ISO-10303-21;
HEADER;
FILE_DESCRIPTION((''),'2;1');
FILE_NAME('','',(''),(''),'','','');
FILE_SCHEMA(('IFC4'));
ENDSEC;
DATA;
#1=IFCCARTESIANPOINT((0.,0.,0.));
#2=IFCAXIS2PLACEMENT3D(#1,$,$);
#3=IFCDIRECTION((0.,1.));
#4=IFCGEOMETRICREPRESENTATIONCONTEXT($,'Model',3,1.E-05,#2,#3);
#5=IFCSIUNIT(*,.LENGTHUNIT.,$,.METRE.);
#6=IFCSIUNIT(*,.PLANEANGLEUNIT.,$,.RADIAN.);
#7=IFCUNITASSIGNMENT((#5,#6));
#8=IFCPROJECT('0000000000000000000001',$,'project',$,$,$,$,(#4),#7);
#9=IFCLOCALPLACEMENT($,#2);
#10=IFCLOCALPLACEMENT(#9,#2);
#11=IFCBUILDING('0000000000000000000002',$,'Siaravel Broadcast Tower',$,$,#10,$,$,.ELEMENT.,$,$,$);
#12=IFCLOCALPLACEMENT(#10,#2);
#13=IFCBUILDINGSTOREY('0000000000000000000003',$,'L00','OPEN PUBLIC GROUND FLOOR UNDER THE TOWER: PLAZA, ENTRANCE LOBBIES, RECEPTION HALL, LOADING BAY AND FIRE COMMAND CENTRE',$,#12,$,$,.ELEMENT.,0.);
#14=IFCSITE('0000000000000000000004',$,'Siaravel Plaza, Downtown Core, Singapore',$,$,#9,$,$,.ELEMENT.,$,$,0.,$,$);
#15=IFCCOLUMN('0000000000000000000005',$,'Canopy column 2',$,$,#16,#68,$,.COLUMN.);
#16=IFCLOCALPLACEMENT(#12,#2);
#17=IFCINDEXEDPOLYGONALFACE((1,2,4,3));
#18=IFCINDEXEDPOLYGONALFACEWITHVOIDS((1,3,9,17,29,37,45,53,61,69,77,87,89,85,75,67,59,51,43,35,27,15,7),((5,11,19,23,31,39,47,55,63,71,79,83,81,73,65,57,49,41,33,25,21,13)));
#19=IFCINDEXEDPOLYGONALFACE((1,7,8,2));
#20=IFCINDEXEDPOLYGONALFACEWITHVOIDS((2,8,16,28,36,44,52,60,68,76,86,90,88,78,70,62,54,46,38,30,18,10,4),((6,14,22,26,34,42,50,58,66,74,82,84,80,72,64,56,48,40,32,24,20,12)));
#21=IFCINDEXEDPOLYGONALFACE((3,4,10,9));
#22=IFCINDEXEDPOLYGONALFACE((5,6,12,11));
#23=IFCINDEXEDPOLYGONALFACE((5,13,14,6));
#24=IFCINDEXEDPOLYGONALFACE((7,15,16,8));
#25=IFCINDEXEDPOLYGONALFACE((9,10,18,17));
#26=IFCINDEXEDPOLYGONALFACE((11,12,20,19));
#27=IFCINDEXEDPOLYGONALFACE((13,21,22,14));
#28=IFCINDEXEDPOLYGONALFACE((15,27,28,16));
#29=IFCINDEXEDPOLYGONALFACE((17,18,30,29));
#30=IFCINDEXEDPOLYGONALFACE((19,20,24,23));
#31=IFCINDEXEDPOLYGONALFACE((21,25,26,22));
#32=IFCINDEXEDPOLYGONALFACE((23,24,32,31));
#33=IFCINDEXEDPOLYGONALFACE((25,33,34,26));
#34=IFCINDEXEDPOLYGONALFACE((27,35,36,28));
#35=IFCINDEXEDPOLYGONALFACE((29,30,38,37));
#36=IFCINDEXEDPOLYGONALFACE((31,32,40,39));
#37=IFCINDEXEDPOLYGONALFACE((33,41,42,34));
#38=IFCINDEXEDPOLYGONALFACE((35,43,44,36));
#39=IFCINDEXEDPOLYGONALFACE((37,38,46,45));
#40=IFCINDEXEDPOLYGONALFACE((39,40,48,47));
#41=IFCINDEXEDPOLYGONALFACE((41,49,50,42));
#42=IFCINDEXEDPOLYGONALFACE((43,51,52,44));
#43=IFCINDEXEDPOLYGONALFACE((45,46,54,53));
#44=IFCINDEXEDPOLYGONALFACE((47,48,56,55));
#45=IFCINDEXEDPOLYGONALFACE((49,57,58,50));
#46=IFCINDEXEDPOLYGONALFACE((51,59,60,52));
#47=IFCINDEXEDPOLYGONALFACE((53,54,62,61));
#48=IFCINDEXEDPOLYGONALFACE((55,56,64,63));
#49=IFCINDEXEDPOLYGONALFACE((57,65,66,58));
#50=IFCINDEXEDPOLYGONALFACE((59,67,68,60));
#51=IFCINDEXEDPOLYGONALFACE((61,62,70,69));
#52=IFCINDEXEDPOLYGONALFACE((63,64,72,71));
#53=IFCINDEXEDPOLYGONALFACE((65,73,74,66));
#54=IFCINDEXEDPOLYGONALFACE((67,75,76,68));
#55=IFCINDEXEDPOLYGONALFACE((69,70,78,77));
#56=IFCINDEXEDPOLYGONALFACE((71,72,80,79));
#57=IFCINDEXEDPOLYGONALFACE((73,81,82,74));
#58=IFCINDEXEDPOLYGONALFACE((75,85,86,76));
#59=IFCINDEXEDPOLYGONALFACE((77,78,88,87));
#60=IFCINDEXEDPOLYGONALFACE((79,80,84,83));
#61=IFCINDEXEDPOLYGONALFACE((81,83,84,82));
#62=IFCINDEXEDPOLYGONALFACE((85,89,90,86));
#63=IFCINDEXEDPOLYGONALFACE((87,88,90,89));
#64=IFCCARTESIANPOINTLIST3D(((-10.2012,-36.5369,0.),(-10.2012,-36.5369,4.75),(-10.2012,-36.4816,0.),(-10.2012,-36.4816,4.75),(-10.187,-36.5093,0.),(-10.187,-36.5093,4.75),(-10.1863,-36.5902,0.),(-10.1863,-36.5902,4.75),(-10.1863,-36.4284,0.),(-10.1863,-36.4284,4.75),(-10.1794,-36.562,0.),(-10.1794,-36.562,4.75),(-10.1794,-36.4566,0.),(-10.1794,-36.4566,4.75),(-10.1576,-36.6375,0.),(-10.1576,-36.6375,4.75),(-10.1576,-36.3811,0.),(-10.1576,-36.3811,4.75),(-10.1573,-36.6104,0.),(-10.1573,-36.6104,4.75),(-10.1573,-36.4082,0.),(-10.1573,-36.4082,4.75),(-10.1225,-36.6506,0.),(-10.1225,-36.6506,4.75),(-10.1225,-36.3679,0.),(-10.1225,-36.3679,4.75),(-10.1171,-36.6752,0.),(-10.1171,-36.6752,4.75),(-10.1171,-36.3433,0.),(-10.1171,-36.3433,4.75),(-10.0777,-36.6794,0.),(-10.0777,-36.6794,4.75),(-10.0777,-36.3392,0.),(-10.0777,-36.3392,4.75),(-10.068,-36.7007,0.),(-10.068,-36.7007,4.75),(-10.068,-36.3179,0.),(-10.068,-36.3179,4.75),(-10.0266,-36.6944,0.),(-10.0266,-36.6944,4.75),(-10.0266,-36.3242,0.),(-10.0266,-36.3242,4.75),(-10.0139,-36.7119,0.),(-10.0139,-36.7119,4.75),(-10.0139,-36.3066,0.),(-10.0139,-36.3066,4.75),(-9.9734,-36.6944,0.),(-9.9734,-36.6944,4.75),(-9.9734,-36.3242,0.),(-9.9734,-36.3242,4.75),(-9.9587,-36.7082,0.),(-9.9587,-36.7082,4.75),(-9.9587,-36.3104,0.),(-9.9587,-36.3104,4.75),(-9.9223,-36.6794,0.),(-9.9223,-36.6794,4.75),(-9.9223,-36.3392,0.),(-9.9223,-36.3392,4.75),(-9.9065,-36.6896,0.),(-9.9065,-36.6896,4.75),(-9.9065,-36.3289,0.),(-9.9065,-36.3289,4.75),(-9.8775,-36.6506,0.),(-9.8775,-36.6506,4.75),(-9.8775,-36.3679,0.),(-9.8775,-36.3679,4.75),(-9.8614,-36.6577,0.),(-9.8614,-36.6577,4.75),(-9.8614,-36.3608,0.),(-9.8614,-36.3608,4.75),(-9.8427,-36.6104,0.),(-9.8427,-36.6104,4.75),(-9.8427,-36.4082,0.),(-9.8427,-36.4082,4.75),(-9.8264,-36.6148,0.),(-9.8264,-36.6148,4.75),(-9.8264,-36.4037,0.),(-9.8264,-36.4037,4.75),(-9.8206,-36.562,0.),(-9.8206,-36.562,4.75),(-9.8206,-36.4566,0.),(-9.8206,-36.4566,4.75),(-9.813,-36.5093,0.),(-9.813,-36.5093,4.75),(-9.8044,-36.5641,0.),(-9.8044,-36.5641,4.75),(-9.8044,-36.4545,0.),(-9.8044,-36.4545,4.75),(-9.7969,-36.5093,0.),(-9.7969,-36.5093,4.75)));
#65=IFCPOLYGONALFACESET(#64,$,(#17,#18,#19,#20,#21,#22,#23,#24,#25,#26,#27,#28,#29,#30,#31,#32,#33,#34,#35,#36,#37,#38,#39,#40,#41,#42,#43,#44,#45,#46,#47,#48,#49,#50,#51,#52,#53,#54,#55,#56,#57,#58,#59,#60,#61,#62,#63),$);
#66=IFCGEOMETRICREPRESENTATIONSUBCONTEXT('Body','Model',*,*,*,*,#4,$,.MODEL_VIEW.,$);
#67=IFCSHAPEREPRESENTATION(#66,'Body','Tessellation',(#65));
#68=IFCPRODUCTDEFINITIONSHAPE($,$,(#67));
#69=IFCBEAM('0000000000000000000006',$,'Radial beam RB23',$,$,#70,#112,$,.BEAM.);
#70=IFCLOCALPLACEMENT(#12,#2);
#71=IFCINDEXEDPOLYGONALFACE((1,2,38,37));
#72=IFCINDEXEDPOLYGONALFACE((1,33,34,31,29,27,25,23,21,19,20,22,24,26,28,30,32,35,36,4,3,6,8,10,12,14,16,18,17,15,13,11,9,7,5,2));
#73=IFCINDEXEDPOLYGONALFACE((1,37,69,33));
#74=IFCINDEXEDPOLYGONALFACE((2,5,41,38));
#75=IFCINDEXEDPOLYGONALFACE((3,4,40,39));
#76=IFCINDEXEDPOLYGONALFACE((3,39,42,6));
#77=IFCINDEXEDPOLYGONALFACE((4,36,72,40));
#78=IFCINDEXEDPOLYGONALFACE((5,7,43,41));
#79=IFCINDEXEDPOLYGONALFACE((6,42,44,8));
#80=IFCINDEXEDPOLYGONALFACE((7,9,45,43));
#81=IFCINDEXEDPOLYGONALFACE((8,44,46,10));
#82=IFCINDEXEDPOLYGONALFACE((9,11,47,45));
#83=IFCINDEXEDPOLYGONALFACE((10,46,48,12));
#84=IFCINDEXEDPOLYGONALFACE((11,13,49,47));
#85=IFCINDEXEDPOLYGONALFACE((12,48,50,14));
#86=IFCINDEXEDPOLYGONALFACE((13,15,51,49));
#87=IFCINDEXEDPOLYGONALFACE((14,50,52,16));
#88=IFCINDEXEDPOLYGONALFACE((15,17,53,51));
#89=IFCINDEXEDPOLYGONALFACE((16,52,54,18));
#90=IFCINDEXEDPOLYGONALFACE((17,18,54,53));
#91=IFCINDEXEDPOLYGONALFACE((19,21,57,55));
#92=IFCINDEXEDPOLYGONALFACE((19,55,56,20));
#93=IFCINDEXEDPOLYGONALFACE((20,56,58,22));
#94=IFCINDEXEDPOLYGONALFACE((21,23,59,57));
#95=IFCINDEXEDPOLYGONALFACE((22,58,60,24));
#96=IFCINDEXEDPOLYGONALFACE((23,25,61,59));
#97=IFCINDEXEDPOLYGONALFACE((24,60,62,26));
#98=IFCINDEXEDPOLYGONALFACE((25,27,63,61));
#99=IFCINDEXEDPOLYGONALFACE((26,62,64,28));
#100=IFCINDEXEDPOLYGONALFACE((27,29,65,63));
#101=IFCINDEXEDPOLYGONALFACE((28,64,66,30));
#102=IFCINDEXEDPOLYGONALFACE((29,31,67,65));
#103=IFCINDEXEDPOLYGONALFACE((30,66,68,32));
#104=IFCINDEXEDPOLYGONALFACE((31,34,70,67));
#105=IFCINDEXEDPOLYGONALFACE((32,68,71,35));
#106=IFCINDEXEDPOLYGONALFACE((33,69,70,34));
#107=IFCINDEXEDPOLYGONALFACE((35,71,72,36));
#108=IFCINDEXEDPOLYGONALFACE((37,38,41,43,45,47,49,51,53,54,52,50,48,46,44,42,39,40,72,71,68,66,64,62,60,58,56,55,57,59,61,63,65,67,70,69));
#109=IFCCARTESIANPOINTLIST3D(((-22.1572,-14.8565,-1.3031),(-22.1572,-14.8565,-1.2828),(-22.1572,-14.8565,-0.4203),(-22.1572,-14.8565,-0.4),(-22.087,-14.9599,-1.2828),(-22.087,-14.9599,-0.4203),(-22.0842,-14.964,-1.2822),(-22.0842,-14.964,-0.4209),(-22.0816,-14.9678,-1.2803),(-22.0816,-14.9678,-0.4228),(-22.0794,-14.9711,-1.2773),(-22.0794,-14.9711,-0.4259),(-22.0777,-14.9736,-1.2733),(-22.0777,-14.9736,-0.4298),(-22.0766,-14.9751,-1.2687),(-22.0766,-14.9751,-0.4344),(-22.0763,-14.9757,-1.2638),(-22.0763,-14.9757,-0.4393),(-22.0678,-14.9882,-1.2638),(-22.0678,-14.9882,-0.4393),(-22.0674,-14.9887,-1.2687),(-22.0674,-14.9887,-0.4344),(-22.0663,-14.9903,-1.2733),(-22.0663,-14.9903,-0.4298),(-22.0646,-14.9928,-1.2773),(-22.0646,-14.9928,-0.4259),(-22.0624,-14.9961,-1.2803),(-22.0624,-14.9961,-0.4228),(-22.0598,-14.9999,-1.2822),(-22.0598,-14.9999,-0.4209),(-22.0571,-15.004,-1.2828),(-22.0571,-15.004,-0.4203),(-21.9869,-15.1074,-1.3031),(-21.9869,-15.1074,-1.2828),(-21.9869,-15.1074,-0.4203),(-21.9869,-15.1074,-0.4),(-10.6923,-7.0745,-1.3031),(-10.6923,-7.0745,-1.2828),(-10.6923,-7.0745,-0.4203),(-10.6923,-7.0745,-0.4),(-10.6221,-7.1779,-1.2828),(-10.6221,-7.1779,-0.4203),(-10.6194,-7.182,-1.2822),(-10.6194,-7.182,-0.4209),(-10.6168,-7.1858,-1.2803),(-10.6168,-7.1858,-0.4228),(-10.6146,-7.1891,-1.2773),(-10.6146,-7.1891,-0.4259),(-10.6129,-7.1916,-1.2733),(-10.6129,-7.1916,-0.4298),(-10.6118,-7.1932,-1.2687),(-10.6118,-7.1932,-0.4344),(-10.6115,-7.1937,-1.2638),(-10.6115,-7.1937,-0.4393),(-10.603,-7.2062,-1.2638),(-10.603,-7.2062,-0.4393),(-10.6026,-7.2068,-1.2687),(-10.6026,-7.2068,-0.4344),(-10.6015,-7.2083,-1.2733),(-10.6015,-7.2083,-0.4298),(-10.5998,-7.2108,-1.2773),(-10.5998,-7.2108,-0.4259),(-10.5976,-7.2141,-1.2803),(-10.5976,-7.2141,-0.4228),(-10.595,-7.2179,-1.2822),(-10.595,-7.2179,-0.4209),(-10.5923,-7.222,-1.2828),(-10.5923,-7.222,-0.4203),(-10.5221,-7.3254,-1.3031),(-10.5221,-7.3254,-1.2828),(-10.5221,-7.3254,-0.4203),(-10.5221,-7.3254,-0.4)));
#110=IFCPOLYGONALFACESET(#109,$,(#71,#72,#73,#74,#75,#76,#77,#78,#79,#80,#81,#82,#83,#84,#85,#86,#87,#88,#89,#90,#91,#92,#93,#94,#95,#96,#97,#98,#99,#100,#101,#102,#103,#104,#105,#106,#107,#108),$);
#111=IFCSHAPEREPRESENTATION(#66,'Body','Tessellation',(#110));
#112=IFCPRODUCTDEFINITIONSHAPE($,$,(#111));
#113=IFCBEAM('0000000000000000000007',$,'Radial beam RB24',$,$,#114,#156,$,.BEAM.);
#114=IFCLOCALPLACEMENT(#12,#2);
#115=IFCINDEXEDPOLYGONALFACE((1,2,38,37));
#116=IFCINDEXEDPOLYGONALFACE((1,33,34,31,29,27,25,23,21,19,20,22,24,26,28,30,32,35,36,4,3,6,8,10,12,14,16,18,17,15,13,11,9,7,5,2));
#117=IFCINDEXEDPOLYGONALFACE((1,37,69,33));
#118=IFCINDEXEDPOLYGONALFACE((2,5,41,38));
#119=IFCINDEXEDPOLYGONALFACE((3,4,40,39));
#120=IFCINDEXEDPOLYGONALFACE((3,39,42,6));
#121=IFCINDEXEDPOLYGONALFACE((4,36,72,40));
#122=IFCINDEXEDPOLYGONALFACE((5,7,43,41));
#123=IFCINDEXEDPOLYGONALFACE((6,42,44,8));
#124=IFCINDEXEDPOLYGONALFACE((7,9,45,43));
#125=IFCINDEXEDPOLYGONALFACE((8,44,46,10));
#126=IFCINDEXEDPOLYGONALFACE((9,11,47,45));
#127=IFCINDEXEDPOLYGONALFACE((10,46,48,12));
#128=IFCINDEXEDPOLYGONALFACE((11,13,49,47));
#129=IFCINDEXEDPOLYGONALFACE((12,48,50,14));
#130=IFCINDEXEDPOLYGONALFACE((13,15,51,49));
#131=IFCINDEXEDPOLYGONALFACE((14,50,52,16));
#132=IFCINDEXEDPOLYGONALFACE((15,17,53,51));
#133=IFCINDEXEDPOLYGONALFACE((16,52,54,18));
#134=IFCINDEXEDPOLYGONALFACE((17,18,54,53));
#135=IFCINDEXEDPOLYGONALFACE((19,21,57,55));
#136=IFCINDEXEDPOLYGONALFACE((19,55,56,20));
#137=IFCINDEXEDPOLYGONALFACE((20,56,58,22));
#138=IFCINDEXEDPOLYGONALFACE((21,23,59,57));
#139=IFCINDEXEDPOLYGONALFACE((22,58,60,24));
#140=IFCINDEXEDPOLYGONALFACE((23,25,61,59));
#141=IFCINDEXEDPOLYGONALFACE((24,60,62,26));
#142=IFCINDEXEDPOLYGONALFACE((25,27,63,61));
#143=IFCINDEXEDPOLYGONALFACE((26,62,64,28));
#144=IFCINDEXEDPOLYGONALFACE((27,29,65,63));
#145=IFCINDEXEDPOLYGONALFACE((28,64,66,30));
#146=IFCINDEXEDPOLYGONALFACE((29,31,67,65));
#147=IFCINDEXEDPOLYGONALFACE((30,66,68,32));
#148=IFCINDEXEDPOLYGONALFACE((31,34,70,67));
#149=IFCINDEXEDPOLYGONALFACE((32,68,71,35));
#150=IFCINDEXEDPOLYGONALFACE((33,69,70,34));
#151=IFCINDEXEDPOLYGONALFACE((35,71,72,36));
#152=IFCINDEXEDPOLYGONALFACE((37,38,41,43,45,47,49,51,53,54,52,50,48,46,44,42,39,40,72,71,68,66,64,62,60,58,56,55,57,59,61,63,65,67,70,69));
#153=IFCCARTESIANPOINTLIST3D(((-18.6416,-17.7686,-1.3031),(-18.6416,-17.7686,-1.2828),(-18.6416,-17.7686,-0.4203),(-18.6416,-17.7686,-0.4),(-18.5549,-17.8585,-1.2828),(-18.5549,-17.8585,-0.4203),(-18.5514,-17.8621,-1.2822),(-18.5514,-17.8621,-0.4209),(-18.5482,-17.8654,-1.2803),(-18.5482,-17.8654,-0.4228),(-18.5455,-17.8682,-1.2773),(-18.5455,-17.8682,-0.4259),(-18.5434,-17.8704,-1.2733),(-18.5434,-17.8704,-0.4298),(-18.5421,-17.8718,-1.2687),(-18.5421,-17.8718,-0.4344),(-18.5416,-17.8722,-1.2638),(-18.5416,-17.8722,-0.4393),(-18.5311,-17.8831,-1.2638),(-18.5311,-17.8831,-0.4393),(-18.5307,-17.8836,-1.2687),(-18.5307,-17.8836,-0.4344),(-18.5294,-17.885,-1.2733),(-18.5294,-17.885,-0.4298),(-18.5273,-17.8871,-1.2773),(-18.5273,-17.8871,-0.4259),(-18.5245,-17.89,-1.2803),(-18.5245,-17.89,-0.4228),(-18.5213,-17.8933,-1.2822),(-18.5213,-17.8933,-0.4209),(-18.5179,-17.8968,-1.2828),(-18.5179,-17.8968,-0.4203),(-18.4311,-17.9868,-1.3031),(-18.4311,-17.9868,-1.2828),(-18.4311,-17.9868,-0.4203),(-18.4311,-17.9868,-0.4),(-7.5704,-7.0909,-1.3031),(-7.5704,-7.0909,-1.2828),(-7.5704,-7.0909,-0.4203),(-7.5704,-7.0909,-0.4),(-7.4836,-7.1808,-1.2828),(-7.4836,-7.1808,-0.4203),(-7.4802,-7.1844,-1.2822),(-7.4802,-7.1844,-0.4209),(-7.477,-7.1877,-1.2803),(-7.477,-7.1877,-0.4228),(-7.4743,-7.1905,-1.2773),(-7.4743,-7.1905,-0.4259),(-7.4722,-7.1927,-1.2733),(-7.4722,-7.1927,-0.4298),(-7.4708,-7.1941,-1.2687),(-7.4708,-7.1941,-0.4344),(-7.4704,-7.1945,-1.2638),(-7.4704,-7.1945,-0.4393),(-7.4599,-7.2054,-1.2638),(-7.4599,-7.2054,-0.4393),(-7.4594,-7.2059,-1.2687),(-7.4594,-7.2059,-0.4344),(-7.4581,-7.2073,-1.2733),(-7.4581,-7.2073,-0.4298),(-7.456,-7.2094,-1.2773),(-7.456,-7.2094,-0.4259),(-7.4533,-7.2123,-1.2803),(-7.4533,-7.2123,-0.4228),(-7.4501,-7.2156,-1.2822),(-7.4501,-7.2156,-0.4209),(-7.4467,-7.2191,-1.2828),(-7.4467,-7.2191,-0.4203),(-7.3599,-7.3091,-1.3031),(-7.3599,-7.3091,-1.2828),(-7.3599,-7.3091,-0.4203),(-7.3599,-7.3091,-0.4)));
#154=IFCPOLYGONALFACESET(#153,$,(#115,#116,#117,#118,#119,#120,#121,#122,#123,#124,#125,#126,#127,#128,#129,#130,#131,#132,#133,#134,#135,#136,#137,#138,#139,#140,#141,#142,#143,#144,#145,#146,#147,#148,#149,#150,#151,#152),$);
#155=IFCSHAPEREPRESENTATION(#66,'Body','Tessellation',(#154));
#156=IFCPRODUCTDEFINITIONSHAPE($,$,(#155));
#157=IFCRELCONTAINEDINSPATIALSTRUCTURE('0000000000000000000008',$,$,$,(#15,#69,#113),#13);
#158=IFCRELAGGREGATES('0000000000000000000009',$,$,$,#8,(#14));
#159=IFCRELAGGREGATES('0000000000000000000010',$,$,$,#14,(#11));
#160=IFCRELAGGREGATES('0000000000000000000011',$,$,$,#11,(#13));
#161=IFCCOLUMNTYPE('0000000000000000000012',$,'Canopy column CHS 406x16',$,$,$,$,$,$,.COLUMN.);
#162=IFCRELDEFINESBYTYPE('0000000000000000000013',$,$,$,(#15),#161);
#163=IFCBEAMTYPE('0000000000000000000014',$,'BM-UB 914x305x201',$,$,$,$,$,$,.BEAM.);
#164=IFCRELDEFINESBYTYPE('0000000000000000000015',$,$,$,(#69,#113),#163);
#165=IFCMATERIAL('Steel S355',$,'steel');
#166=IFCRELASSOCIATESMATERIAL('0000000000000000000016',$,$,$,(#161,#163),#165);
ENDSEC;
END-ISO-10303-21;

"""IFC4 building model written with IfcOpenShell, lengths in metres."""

from ifc_helpers import new_model, si_unit, direction, frame, origin, origin_2d, place, context, subcontext, project, spatial, hollow_circle, i_section, extrude, material, material_profile, profile_set, type_object, element, save


model = new_model("IFC4")

# Units and contexts
model_context = context("Model", 3, precision=1e-05, world=origin(), true_north=direction((0.0, 1.0)))
body_context = subcontext(model_context, "Body", "Model", "MODEL_VIEW")
ifc_project = project(units=[si_unit("LENGTHUNIT", "METRE"), si_unit("PLANEANGLEUNIT", "RADIAN")], contexts=[model_context])

# Site, building, storey
site_placement = place(None, origin())
site = spatial("IfcSite", under=ifc_project, at=site_placement, Name="Siaravel Plaza, Downtown Core, Singapore", CompositionType="ELEMENT", RefElevation=0.0)
building_placement = place(site_placement, origin())
building = spatial("IfcBuilding", under=site, at=building_placement, Name="Siaravel Broadcast Tower", CompositionType="ELEMENT")
storey_placement = place(building_placement, origin())
storey = spatial("IfcBuildingStorey", under=building, at=storey_placement, Name="L00", Description="OPEN PUBLIC GROUND FLOOR UNDER THE TOWER: PLAZA, ENTRANCE LOBBIES, RECEPTION HALL, LOADING BAY AND FIRE COMMAND CENTRE", CompositionType="ELEMENT", Elevation=0.0)

# Column
ifc_material_1 = material(Name="Steel S355", Category="steel")
ifc_material_profile_1 = material_profile(ifc_material_1, hollow_circle(Radius=0.2031, WallThickness=0.0161, at=origin_2d()))
ifc_profile_set_1 = profile_set([ifc_material_profile_1], Name="Steel S355")
column_type_1 = type_object("IfcColumnType", Name="Canopy column CHS 406x16", PredefinedType="COLUMN", material=ifc_profile_set_1)
for number, where, z_axis, x_axis, name in (
    (1, (-10.0, -36.5093, 0.0), (0.0, 0.0, 1.0), (1.0, 0.0, 0.0), "Canopy column 2"),
):
    element("IfcColumn", number, at=place(storey_placement, frame(where, z_axis=z_axis, x_axis=x_axis)), inside=storey, type_object=column_type_1, Name=name, PredefinedType="COLUMN", context=body_context, shape_type="SweptSolid", body=[
        extrude(hollow_circle(Radius=0.2031, WallThickness=0.0161, at=origin_2d()), origin(), (0.0, 0.0, 1.0), 4.75),
    ])

# Beams
ifc_material_profile_2 = material_profile(ifc_material_1, i_section(OverallWidth=0.3032, OverallDepth=0.9031, WebThickness=0.0151, FlangeThickness=0.0203, FilletRadius=0.019, at=origin_2d()))
ifc_profile_set_2 = profile_set([ifc_material_profile_2], Name="Steel S355")
beam_type = type_object("IfcBeamType", Name="BM-UB 914x305x201", PredefinedType="BEAM", material=ifc_profile_set_2)
beam_1_placement = place(storey_placement, frame((-22.072, -14.9819, -0.8516), z_axis=(0.8274, 0.561613, 0.0), x_axis=(-0.561613, 0.8274, 0.0)))
element("IfcBeam", 2, at=beam_1_placement, inside=storey, type_object=beam_type, Name="Radial beam RB23", PredefinedType="BEAM", context=body_context, shape_type="SweptSolid", body=[
    extrude(i_section(OverallWidth=0.3032, OverallDepth=0.9031, WebThickness=0.0151, FlangeThickness=0.0203, FilletRadius=0.019, at=origin_2d()), origin(), (0.0, 0.0, 1.0), 13.8564),
])
beam_2_placement = place(storey_placement, frame((-18.5364, -17.8777, -0.8516), z_axis=(0.719784, 0.694198, 0.0), x_axis=(-0.694198, 0.719784, 0.0)))
element("IfcBeam", 3, at=beam_2_placement, inside=storey, type_object=beam_type, Name="Radial beam RB24", PredefinedType="BEAM", context=body_context, shape_type="SweptSolid", body=[
    extrude(i_section(OverallWidth=0.3032, OverallDepth=0.9031, WebThickness=0.0151, FlangeThickness=0.0203, FilletRadius=0.019, at=origin_2d()), origin(), (0.0, 0.0, 1.0), 15.3813),
])

save(model, "model.ifc")
